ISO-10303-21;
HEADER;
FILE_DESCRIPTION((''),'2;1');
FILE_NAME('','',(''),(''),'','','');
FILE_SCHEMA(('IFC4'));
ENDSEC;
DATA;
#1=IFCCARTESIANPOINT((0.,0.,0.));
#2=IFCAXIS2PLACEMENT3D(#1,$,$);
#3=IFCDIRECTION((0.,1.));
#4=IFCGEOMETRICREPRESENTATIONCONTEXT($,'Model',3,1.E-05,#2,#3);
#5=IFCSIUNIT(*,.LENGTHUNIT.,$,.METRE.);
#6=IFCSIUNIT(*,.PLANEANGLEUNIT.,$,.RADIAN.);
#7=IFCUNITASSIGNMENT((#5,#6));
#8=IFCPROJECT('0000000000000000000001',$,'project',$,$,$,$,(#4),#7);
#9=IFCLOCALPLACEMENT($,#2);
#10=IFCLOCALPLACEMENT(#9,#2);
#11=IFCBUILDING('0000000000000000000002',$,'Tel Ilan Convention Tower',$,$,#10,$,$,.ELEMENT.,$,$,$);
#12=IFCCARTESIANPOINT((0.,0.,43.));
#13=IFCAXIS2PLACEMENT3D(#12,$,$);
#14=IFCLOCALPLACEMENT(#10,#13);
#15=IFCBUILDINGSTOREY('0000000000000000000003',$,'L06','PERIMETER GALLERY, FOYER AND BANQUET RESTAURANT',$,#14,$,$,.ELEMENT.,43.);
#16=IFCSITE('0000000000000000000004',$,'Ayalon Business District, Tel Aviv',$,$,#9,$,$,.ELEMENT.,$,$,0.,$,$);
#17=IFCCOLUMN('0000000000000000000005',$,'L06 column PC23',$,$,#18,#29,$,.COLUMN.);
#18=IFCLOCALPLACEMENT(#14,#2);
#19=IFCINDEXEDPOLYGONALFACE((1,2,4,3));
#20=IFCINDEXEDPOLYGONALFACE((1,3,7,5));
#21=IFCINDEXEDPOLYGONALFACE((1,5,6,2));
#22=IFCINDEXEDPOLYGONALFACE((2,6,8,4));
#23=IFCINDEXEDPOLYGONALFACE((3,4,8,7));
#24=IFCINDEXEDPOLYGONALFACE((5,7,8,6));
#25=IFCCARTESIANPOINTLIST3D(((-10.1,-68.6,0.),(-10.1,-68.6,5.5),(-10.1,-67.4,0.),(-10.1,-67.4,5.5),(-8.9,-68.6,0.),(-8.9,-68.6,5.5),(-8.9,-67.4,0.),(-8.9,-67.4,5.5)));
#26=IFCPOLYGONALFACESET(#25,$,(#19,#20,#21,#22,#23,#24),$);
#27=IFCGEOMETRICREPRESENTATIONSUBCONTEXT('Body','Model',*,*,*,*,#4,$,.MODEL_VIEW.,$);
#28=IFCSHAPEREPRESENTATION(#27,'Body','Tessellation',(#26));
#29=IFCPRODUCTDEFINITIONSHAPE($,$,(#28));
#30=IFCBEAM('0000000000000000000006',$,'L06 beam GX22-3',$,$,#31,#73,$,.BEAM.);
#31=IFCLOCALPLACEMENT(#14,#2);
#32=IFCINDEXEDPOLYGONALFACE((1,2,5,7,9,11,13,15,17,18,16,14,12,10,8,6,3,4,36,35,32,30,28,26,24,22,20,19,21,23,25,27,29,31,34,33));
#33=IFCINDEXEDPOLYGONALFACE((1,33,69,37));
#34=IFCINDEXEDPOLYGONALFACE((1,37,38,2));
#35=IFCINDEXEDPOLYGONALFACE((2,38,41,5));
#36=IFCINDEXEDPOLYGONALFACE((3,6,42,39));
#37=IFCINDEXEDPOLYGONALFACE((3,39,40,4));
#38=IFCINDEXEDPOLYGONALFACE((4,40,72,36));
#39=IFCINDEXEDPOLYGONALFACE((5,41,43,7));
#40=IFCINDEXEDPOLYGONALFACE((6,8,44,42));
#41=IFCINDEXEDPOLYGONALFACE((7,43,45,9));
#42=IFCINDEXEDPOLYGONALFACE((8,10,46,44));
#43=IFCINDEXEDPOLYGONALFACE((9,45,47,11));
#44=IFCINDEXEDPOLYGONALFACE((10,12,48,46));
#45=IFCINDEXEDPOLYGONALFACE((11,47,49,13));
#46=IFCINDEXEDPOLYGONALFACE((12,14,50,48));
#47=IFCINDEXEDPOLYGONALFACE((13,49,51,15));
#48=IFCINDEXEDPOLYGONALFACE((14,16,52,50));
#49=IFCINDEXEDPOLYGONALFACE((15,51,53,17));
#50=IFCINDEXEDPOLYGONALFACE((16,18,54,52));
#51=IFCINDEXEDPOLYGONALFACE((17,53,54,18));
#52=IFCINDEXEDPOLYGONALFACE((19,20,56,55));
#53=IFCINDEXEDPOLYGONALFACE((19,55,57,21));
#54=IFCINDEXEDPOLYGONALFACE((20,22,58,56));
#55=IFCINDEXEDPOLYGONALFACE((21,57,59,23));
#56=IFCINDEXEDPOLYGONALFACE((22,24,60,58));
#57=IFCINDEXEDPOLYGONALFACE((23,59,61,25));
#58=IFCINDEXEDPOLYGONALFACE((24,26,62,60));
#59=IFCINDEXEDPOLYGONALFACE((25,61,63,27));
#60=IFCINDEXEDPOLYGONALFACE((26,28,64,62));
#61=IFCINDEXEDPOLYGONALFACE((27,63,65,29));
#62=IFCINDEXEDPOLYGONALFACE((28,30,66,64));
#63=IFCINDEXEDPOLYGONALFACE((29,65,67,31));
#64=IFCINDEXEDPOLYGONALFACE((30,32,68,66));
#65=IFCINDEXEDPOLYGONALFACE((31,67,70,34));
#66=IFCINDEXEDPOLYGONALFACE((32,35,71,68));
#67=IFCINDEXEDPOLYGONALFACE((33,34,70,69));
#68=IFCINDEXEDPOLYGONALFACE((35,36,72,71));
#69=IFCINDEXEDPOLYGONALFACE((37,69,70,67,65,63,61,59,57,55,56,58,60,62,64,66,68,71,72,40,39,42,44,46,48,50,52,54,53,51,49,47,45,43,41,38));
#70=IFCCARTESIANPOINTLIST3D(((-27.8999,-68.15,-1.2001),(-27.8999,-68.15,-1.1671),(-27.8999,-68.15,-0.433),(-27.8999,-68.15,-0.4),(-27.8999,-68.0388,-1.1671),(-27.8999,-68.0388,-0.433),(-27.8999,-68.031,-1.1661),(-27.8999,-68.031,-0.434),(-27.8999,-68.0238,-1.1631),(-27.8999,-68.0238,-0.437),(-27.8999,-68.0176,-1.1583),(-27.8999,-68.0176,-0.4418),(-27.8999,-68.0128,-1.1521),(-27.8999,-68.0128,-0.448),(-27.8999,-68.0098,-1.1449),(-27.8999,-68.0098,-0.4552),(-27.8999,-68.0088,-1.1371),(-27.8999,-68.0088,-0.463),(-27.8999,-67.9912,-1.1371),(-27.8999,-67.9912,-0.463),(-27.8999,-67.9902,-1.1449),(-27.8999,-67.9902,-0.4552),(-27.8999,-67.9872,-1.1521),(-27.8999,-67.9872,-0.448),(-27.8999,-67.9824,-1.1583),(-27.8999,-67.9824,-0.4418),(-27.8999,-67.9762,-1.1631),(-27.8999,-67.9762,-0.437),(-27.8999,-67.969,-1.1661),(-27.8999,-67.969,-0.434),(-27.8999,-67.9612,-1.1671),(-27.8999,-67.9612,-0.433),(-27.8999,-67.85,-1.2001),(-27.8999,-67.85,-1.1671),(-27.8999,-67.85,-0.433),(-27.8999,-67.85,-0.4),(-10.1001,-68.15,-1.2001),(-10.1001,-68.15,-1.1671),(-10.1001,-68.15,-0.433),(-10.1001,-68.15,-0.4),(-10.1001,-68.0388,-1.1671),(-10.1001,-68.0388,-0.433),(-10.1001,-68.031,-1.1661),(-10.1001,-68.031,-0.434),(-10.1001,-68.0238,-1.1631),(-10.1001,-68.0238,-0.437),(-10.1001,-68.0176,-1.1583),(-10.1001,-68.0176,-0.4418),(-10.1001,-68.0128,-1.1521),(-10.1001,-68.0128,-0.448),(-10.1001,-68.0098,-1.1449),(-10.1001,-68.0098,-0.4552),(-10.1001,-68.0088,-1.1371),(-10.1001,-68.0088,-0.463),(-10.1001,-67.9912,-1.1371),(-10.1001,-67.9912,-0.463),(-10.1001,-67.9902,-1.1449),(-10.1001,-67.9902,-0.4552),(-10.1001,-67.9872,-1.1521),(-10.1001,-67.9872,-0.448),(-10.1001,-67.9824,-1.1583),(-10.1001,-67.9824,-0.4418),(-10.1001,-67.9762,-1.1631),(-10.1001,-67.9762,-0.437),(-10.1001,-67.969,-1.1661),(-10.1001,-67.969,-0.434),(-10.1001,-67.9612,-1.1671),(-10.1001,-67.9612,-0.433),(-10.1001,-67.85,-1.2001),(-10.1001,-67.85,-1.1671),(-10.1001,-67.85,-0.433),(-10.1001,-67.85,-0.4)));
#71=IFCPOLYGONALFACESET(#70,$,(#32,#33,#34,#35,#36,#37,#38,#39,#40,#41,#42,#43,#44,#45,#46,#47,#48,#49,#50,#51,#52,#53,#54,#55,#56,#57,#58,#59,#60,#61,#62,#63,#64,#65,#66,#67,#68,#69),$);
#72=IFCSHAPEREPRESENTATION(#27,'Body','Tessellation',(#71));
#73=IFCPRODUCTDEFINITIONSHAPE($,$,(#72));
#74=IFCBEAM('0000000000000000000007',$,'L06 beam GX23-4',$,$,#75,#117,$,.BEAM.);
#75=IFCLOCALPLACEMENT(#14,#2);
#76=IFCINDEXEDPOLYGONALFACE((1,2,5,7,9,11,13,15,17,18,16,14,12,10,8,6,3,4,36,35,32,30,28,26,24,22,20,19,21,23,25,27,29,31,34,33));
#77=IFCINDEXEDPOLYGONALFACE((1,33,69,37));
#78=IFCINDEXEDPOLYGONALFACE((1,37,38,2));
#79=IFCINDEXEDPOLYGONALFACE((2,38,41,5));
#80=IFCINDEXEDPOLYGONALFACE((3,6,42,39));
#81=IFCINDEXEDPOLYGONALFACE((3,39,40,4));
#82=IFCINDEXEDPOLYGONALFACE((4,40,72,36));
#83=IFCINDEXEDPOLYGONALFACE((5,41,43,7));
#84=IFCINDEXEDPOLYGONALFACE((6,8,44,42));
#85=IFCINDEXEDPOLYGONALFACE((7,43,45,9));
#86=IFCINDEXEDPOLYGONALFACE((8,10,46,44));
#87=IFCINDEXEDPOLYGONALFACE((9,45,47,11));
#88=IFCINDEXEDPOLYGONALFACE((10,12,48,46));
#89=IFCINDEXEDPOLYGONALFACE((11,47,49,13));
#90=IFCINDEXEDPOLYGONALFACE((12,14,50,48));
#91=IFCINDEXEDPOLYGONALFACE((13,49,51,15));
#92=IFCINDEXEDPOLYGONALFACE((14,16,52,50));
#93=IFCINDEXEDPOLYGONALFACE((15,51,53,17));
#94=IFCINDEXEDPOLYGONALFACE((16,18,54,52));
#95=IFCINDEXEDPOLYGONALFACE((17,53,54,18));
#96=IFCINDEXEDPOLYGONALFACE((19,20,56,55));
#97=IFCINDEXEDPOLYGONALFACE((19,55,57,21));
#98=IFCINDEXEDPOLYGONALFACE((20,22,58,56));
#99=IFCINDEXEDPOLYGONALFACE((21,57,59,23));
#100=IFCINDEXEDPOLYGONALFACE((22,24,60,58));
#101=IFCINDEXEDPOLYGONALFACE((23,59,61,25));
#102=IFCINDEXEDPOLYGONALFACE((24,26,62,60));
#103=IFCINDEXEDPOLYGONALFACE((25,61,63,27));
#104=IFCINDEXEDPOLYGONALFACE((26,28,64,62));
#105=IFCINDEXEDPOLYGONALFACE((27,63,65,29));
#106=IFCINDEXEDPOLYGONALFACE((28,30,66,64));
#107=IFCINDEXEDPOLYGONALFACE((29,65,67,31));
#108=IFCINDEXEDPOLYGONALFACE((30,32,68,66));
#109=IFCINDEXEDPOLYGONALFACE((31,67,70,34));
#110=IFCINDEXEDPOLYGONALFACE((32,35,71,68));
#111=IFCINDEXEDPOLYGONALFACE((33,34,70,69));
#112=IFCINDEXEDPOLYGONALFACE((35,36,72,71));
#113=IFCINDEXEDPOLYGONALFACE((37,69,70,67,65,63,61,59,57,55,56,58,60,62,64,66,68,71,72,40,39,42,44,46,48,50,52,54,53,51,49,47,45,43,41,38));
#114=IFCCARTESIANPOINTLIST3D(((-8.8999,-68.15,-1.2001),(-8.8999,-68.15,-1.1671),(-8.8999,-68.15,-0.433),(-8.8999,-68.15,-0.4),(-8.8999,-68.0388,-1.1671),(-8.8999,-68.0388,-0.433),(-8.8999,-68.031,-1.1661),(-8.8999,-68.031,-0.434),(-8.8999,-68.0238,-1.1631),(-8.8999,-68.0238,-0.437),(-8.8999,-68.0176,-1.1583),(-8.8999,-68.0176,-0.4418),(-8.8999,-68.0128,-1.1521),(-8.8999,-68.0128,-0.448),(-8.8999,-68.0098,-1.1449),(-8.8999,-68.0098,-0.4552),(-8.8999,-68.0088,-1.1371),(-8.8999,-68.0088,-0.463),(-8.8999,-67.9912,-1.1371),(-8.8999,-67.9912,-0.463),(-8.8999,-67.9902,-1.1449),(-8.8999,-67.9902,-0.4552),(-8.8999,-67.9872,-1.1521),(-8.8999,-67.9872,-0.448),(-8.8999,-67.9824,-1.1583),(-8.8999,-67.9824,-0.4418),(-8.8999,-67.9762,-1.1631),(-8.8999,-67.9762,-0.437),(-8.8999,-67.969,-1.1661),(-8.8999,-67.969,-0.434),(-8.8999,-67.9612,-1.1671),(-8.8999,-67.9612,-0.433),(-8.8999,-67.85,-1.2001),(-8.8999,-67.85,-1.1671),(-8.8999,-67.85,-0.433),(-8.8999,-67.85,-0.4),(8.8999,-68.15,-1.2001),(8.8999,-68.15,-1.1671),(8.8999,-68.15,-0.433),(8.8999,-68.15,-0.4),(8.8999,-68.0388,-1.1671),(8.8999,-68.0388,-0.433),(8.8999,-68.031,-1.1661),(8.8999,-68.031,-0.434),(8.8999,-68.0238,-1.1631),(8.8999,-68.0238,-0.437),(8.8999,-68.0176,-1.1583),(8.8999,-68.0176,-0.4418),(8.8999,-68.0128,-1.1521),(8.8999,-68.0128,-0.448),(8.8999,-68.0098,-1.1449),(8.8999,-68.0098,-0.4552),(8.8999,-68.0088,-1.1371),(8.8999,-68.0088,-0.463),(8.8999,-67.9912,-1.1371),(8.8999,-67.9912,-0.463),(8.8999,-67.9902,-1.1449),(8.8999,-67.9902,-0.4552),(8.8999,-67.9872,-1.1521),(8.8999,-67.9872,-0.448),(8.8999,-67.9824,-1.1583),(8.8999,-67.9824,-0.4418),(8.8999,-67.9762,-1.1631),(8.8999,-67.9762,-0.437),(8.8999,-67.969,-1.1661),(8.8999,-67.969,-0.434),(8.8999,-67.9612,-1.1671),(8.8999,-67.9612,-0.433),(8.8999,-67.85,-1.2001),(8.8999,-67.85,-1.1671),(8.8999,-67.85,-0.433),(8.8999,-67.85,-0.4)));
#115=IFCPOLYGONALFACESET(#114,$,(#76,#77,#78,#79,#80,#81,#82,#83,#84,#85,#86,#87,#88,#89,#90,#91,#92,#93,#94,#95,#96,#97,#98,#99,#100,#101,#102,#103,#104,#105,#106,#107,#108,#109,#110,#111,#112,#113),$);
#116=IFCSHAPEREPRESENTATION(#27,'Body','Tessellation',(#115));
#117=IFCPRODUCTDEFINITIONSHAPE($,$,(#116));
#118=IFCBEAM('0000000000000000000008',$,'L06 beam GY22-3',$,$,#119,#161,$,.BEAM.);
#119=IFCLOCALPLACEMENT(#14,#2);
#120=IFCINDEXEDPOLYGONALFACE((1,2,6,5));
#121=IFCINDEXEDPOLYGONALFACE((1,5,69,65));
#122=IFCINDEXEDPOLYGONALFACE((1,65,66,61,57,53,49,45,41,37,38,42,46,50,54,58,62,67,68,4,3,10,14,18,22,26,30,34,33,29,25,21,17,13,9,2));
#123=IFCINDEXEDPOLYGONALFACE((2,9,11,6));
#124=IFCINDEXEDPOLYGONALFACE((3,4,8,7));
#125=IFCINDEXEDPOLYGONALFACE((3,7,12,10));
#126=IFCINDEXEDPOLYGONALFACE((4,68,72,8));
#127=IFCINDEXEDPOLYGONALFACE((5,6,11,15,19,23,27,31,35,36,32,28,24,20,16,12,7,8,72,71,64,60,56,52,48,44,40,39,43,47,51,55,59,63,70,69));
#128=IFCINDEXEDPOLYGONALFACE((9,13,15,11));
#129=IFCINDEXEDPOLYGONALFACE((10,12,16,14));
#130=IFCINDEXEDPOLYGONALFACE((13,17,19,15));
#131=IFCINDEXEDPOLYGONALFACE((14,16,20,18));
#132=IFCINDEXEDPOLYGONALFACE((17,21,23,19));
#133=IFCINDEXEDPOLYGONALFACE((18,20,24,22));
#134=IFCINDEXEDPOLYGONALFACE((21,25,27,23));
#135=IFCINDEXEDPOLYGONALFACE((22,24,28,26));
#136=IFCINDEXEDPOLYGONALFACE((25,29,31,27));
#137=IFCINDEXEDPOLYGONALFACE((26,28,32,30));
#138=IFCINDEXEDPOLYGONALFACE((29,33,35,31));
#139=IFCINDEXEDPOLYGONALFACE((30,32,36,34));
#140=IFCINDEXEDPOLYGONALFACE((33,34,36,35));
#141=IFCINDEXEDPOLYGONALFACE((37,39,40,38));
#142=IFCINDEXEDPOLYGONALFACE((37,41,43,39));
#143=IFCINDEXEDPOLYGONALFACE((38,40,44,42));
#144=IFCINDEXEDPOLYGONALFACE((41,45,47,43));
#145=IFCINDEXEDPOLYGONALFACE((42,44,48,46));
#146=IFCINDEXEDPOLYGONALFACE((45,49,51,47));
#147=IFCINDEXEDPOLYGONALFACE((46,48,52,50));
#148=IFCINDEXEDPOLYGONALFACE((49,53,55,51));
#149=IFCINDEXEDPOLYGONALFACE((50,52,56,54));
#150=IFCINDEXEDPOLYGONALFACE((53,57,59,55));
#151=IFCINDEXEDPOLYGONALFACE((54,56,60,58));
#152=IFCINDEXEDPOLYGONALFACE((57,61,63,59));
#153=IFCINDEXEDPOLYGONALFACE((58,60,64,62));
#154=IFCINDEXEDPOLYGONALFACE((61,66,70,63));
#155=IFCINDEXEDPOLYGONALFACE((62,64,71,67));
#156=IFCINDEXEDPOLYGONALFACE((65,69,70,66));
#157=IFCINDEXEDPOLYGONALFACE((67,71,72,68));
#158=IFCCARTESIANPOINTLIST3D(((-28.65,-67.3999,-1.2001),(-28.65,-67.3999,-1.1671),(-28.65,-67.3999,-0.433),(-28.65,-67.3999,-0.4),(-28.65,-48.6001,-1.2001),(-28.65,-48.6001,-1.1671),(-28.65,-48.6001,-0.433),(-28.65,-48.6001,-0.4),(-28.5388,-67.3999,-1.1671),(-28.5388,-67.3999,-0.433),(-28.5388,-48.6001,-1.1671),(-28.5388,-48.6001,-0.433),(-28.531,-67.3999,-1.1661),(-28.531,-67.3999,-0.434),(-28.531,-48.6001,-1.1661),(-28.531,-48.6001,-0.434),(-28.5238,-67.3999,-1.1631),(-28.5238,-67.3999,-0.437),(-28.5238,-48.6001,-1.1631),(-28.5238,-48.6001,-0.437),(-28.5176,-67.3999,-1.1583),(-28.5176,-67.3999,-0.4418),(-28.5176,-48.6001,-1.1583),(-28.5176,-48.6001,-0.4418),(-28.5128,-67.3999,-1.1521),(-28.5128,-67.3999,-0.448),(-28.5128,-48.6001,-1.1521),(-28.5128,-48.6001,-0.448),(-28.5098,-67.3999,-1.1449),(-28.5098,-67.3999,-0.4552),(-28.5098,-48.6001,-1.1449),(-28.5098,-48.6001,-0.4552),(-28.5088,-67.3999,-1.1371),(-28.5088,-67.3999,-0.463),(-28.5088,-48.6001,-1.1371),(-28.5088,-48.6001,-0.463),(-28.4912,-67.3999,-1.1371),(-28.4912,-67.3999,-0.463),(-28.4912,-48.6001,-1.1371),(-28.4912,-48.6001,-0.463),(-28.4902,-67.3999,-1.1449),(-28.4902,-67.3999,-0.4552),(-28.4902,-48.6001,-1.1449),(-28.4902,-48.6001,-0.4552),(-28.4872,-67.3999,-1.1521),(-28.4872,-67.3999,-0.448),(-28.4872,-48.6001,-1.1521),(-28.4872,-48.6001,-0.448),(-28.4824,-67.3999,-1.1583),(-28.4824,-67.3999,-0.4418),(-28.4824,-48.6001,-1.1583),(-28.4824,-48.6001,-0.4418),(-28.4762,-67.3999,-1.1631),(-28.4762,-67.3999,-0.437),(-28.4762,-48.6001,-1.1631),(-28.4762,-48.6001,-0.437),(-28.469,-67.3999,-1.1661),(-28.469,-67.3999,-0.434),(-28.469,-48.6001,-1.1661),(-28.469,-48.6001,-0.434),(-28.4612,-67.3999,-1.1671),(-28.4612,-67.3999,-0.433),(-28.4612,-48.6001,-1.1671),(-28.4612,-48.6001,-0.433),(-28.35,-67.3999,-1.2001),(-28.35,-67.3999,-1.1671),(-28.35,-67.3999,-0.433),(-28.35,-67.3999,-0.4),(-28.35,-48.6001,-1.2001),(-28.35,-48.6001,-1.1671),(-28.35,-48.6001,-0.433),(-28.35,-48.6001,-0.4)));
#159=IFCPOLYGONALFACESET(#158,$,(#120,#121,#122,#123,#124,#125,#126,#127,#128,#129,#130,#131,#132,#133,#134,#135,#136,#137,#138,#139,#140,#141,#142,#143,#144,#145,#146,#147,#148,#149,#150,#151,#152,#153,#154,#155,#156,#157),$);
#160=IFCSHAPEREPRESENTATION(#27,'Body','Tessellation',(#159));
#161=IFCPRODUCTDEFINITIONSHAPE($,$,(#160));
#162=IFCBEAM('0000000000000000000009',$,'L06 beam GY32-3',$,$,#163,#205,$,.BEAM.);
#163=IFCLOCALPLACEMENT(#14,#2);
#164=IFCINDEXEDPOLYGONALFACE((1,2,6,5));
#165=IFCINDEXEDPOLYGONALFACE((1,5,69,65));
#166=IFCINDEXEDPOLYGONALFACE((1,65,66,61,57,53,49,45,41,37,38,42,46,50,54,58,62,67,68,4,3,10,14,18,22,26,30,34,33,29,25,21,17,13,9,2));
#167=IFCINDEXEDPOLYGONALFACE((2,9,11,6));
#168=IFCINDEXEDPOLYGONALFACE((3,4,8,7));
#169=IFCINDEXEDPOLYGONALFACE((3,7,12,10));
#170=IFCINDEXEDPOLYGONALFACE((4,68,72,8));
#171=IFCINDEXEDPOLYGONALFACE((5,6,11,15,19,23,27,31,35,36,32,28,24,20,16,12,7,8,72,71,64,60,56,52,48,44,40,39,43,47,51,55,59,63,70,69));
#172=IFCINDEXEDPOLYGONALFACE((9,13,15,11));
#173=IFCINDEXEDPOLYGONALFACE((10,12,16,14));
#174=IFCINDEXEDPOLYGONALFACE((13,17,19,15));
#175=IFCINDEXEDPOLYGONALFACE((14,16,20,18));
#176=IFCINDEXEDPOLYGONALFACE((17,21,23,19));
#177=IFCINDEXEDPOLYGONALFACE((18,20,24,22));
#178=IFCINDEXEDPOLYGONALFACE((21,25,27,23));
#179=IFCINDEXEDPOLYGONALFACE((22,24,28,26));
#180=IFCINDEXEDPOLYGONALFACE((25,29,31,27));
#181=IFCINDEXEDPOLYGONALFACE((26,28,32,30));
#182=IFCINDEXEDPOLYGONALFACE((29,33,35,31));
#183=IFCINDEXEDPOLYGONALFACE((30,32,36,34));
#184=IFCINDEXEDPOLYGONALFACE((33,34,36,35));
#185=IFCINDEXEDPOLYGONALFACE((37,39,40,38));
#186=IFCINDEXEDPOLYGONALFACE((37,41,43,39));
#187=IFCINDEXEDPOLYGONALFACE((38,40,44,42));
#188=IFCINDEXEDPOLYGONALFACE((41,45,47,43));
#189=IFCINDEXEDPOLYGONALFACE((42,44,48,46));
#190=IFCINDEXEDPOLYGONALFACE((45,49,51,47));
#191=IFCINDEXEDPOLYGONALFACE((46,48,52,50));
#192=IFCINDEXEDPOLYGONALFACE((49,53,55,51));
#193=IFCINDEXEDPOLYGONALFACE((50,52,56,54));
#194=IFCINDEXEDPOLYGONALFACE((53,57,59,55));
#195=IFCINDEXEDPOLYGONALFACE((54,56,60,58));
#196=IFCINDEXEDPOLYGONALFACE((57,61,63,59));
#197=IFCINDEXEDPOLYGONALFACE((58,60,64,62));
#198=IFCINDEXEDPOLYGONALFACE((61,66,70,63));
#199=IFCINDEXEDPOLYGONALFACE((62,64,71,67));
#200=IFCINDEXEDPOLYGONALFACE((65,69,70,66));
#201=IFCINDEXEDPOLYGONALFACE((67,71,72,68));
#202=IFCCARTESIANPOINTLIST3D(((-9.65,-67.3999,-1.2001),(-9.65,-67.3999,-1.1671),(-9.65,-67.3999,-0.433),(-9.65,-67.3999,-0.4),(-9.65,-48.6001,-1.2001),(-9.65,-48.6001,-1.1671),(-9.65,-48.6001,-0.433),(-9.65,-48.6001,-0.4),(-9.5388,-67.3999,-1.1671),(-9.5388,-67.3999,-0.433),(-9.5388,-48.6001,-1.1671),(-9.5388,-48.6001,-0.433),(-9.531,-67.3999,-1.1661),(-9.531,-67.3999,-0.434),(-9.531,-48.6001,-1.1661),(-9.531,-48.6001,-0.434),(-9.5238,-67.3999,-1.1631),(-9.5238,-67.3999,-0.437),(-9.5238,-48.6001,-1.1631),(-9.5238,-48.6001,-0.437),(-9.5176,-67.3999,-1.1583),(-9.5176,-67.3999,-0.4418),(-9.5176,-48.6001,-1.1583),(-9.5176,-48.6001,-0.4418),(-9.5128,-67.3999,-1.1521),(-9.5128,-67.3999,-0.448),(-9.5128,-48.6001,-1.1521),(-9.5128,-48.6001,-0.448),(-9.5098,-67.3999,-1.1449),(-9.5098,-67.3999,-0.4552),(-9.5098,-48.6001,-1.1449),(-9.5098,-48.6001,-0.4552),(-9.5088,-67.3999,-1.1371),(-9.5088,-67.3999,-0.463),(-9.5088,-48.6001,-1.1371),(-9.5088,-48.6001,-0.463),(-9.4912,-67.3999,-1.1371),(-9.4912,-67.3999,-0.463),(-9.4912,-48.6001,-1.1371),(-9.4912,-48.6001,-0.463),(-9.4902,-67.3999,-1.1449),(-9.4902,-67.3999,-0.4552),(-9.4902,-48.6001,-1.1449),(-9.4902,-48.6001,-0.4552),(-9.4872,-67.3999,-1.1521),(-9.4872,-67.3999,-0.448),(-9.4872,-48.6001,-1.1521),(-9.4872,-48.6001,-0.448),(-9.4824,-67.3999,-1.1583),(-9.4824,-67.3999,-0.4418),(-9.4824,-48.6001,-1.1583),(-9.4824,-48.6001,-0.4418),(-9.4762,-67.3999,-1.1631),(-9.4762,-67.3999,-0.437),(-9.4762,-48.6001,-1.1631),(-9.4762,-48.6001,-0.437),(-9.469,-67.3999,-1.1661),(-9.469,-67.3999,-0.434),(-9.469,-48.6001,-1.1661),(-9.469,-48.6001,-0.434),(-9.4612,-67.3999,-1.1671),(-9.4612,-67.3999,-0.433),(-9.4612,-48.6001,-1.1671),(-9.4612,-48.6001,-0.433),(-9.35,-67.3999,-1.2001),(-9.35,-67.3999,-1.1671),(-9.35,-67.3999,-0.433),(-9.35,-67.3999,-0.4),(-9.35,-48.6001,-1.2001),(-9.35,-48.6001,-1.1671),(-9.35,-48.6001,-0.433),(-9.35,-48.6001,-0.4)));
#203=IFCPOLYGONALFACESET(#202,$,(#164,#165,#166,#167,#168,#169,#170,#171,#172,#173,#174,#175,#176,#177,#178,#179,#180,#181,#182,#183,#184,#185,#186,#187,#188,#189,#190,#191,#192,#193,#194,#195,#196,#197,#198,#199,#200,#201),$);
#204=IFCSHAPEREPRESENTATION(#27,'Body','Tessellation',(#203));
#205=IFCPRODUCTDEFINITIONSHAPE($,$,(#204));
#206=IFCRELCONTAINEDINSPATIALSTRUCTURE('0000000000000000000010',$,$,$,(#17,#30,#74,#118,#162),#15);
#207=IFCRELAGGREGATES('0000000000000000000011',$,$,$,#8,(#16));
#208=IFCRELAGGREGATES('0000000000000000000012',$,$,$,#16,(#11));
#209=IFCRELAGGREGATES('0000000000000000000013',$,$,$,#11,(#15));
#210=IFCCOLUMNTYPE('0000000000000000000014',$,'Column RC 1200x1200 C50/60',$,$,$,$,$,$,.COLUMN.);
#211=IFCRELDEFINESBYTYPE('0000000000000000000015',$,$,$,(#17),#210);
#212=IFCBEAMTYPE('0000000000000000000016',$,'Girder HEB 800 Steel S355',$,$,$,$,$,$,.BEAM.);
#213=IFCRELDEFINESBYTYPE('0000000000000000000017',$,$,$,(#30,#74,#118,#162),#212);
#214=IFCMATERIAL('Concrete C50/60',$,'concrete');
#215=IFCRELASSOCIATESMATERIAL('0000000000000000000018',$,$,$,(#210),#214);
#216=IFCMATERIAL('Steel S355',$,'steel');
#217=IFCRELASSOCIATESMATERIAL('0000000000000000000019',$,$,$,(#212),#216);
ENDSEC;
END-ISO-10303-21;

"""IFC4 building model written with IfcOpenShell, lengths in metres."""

from ifc_helpers import new_model, si_unit, direction, frame, origin, origin_2d, place, context, subcontext, project, spatial, rectangle, i_section, extrude, material, material_profile, profile_set, type_object, element, save


model = new_model("IFC4")

# Units and contexts
model_context = context("Model", 3, precision=1e-05, world=origin(), true_north=direction((0.0, 1.0)))
body_context = subcontext(model_context, "Body", "Model", "MODEL_VIEW")
ifc_project = project(units=[si_unit("LENGTHUNIT", "METRE"), si_unit("PLANEANGLEUNIT", "RADIAN")], contexts=[model_context])

# Site, building, storey
site_placement = place(None, origin())
site = spatial("IfcSite", under=ifc_project, at=site_placement, Name="Ayalon Business District, Tel Aviv", CompositionType="ELEMENT", RefElevation=0.0)
building_placement = place(site_placement, origin())
building = spatial("IfcBuilding", under=site, at=building_placement, Name="Tel Ilan Convention Tower", CompositionType="ELEMENT")
storey_placement = place(building_placement, frame((0.0, 0.0, 43.0)))
storey = spatial("IfcBuildingStorey", under=building, at=storey_placement, Name="L06", Description="PERIMETER GALLERY, FOYER AND BANQUET RESTAURANT", CompositionType="ELEMENT", Elevation=43.0)

# Column
ifc_material_1 = material(Name="Concrete C50/60", Category="concrete")
ifc_material_profile_1 = material_profile(ifc_material_1, rectangle(XDim=1.2, YDim=1.2, at=origin_2d()), Name="RC 1200x1200")
ifc_profile_set_1 = profile_set([ifc_material_profile_1], Name="Concrete C50/60")
column_type = type_object("IfcColumnType", Name="Column RC 1200x1200 C50/60", PredefinedType="COLUMN", material=ifc_profile_set_1)
column_placement = place(storey_placement, frame((-9.5, -68.0, 0.0), z_axis=(0.0, 0.0, 1.0), x_axis=(1.0, 0.0, 0.0)))
element("IfcColumn", 1, at=column_placement, inside=storey, type_object=column_type, Name="L06 column PC23", PredefinedType="COLUMN", context=body_context, shape_type="SweptSolid", body=[
    extrude(rectangle(XDim=1.2, YDim=1.2, at=origin_2d()), origin(), (0.0, 0.0, 1.0), 5.5),
])

# Beams
ifc_material_2 = material(Name="Steel S355", Category="steel")
ifc_material_profile_2 = material_profile(ifc_material_2, i_section(OverallWidth=0.3, OverallDepth=0.8, WebThickness=0.0176, FlangeThickness=0.033, FilletRadius=0.03, at=origin_2d()), Name="HEB 800")
ifc_profile_set_2 = profile_set([ifc_material_profile_2], Name="Steel S355")
beam_type_1 = type_object("IfcBeamType", Name="Girder HEB 800 Steel S355", PredefinedType="BEAM", material=ifc_profile_set_2)
for number, where, z_axis, x_axis, name in (
    (2, (-27.8999, -68.0, -0.8), (1.0, 0.0, 0.0), (0.0, 1.0, 0.0), "L06 beam GX22-3"),
    (3, (-8.8999, -68.0, -0.8), (1.0, 0.0, 0.0), (0.0, 1.0, 0.0), "L06 beam GX23-4"),
):
    element("IfcBeam", number, at=place(storey_placement, frame(where, z_axis=z_axis, x_axis=x_axis)), inside=storey, type_object=beam_type_1, Name=name, PredefinedType="BEAM", context=body_context, shape_type="SweptSolid", body=[
        extrude(i_section(OverallWidth=0.3, OverallDepth=0.8, WebThickness=0.0176, FlangeThickness=0.033, FilletRadius=0.03, at=origin_2d()), origin(), (0.0, 0.0, 1.0), 17.7998),
    ])
for number, where, z_axis, x_axis, name in (
    (4, (-28.5, -67.3999, -0.8), (0.0, 1.0, 0.0), (-1.0, 0.0, 0.0), "L06 beam GY22-3"),
    (5, (-9.5, -67.3999, -0.8), (0.0, 1.0, 0.0), (-1.0, 0.0, 0.0), "L06 beam GY32-3"),
):
    element("IfcBeam", number, at=place(storey_placement, frame(where, z_axis=z_axis, x_axis=x_axis)), inside=storey, type_object=beam_type_1, Name=name, PredefinedType="BEAM", context=body_context, shape_type="SweptSolid", body=[
        extrude(i_section(OverallWidth=0.3, OverallDepth=0.8, WebThickness=0.0176, FlangeThickness=0.033, FilletRadius=0.03, at=origin_2d()), origin(), (0.0, 0.0, 1.0), 18.7998),
    ])

save(model, "model.ifc")
